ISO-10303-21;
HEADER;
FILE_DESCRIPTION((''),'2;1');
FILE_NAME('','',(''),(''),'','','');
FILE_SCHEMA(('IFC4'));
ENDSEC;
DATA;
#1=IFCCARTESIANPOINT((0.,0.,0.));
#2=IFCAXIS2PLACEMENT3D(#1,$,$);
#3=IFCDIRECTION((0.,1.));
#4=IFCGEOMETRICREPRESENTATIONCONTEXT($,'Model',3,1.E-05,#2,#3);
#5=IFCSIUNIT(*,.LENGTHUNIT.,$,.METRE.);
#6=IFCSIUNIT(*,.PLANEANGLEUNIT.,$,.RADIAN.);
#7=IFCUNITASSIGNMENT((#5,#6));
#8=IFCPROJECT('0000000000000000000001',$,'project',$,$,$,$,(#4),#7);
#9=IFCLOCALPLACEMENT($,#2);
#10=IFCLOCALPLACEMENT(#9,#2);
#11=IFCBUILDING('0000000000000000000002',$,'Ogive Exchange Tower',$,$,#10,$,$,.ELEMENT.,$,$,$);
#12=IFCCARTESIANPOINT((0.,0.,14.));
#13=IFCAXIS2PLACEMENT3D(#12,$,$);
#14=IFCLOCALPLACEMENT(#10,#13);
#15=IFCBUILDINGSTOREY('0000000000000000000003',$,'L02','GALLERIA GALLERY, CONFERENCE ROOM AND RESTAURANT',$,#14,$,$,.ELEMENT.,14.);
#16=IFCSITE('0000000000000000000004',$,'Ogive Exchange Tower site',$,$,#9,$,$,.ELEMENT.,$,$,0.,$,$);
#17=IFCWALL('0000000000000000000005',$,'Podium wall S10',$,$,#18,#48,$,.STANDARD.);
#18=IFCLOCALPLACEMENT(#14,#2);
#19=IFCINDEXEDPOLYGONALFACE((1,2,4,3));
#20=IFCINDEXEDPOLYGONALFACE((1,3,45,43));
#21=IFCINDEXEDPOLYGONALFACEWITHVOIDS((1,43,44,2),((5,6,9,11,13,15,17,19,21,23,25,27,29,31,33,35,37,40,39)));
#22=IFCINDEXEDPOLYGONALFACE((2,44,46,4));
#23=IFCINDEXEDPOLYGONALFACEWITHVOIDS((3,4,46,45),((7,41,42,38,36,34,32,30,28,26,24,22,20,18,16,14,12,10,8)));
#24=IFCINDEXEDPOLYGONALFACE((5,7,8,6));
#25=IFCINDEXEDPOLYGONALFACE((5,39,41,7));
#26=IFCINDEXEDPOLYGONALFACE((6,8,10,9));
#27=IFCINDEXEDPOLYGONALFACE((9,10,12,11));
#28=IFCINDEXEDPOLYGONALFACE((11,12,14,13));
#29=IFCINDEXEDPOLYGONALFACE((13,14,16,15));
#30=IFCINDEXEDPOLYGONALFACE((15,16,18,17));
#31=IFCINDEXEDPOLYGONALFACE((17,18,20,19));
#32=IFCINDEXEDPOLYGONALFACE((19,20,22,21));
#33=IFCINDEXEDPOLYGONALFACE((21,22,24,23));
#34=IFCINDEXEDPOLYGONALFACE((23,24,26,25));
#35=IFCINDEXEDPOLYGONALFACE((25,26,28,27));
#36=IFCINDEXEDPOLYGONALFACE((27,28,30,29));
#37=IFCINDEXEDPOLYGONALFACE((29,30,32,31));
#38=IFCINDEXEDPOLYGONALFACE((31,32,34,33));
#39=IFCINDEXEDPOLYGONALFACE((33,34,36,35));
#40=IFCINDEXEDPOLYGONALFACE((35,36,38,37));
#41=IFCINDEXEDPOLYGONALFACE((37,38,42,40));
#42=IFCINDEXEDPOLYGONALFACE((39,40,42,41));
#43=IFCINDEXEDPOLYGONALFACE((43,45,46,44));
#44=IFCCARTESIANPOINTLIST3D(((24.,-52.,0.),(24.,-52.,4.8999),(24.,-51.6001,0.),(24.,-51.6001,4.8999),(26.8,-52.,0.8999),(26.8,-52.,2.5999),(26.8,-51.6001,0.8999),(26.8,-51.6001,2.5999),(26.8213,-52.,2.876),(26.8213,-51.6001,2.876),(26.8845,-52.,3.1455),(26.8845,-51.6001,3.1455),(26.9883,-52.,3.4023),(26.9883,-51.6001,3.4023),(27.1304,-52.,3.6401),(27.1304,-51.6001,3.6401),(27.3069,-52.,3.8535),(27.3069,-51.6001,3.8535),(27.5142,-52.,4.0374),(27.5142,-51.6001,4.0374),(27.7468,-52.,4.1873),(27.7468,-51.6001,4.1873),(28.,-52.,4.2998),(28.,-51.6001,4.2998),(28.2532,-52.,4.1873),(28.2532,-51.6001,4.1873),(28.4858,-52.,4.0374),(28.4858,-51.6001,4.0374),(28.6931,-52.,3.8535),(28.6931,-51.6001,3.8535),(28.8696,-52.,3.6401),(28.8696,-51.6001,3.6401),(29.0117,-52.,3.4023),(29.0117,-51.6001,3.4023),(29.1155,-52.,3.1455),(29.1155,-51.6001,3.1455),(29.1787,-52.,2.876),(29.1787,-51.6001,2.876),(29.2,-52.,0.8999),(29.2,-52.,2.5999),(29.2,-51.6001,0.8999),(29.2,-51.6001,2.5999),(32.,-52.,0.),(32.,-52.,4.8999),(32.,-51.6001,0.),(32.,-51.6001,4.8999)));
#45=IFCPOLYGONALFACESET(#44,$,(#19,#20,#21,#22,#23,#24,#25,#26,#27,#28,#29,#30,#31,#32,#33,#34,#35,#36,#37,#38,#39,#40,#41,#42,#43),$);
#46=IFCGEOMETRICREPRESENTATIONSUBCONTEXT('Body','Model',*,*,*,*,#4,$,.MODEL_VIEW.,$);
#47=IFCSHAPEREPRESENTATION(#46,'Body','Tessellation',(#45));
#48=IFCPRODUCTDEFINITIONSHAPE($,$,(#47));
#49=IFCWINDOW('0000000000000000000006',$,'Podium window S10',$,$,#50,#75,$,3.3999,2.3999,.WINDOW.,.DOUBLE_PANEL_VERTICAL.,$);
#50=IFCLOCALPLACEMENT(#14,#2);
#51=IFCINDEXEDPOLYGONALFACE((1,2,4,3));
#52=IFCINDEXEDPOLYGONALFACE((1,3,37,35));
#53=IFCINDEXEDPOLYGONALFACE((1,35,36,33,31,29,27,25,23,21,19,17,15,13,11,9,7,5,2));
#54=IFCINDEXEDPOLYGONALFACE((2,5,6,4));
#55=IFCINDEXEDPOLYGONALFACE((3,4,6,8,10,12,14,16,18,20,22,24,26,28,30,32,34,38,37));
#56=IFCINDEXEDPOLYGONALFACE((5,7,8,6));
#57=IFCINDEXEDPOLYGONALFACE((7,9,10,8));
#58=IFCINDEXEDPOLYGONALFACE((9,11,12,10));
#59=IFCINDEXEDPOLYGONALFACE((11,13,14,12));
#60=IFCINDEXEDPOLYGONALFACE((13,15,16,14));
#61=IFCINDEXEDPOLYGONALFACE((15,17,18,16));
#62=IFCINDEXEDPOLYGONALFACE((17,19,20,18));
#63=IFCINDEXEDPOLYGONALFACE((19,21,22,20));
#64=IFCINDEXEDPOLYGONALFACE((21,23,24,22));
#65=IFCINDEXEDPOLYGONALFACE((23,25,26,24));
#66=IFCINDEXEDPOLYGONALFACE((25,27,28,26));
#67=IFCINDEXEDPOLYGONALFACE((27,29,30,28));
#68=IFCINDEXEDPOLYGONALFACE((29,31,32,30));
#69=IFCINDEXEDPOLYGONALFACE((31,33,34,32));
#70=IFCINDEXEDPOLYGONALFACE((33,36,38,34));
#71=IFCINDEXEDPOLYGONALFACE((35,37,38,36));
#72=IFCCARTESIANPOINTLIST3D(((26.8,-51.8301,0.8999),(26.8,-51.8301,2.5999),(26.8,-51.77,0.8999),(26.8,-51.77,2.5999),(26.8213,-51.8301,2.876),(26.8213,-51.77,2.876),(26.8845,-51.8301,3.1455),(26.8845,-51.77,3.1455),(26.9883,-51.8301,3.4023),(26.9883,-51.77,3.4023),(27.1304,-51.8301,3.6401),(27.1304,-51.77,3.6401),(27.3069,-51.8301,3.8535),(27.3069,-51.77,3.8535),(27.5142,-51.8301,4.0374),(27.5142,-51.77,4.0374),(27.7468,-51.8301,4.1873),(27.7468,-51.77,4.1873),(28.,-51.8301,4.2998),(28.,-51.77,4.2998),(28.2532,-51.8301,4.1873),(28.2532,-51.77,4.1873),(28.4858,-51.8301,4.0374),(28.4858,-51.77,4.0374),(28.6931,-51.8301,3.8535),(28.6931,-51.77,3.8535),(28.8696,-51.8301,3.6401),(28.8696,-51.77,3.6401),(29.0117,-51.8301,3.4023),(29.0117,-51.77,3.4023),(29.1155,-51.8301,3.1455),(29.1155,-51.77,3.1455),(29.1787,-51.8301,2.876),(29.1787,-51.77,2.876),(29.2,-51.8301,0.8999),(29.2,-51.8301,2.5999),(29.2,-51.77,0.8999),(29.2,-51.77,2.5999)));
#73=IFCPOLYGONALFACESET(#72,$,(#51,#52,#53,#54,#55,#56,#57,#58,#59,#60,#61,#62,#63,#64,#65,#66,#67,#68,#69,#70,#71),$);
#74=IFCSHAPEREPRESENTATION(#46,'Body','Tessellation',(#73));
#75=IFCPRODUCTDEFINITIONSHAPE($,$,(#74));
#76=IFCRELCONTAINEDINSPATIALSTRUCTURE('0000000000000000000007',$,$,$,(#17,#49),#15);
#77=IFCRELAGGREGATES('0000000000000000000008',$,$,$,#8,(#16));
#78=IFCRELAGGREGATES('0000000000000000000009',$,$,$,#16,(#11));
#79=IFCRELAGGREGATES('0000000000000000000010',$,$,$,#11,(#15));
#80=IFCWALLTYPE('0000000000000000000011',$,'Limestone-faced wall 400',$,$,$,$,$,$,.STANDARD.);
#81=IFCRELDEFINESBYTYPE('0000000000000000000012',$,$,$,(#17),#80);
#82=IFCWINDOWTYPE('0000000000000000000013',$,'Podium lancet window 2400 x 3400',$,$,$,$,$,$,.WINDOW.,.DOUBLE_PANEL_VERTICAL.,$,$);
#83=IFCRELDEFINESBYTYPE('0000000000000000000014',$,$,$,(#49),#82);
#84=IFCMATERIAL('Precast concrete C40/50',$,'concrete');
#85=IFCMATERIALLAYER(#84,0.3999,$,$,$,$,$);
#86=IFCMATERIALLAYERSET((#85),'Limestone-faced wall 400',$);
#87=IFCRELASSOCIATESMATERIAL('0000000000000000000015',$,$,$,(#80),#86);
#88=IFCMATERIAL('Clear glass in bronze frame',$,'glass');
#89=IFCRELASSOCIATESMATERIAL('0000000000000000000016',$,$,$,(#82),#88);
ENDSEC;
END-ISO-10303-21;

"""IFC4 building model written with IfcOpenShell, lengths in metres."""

from ifc_helpers import new_model, si_unit, direction, frame, frame_2d, origin, place, context, subcontext, project, spatial, polyline, rectangle, outline, extrude, material, layer, layer_set, type_object, element, fill, save


model = new_model("IFC4")

# Units and contexts
model_context = context("Model", 3, precision=1e-05, world=origin(), true_north=direction((0.0, 1.0)))
body_context = subcontext(model_context, "Body", "Model", "MODEL_VIEW")
ifc_project = project(units=[si_unit("LENGTHUNIT", "METRE"), si_unit("PLANEANGLEUNIT", "RADIAN")], contexts=[model_context])

# Site, building, storey
site_placement = place(None, origin())
site = spatial("IfcSite", under=ifc_project, at=site_placement, Name="Ogive Exchange Tower site", CompositionType="ELEMENT", RefElevation=0.0)
building_placement = place(site_placement, origin())
building = spatial("IfcBuilding", under=site, at=building_placement, Name="Ogive Exchange Tower", CompositionType="ELEMENT")
storey_placement = place(building_placement, frame((0.0, 0.0, 14.0)))
storey = spatial("IfcBuildingStorey", under=building, at=storey_placement, Name="L02", Description="GALLERIA GALLERY, CONFERENCE ROOM AND RESTAURANT", CompositionType="ELEMENT", Elevation=14.0)

# Wall, opening, window
ifc_material_1 = material(Name="Precast concrete C40/50", Category="concrete")
ifc_layer_1 = layer(ifc_material_1, 0.3999)
ifc_layer_set_1 = layer_set([ifc_layer_1], Name="Limestone-faced wall 400")
wall_type_1 = type_object("IfcWallType", Name="Limestone-faced wall 400", PredefinedType="STANDARD", material=ifc_layer_set_1)
wall_1_placement = place(storey_placement, frame((24.0, -51.8, 0.0), z_axis=(0.0, 0.0, 1.0), x_axis=(1.0, 0.0, 0.0)))
wall_1 = element("IfcWall", 1, at=wall_1_placement, inside=storey, type_object=wall_type_1, Name="Podium wall S10", PredefinedType="STANDARD", context=body_context, shape_type="SweptSolid", body=[
    extrude(rectangle(XDim=8.0, YDim=0.3999, at=frame_2d((4.0, 0.0))), origin(), (0.0, 0.0, 1.0), 4.8999),
])
opening_1_placement = place(wall_1_placement, frame((2.8, 0.0, 0.8999)))
opening_1 = element("IfcOpeningElement", 2, at=opening_1_placement, cuts=wall_1, PredefinedType="OPENING", context=body_context, shape_type="SweptSolid", body=[
    extrude(outline(polyline([(0.0, 0.0), (2.3999, 0.0), (2.3999, 1.7), (2.3787, 1.9761), (2.3154, 2.2456), (2.2117, 2.5024), (2.0696, 2.7402), (1.8931, 2.9536), (1.6858, 3.1375), (1.4531, 3.2874), (1.2, 3.3999), (0.9468, 3.2874), (0.7141, 3.1375), (0.5068, 2.9536), (0.3303, 2.7402), (0.1882, 2.5024), (0.0845, 2.2456), (0.0212, 1.9761), (0.0, 1.7), (0.0, 0.0)])), frame((0.0, 0.21, 0.0), z_axis=(0.0, -1.0, 0.0), x_axis=(1.0, 0.0, 0.0)), (0.0, 0.0, 1.0), 0.4199),
])
ifc_material_2 = material(Name="Clear glass in bronze frame", Category="glass")
window_type_1 = type_object("IfcWindowType", Name="Podium lancet window 2400 x 3400", PartitioningType="DOUBLE_PANEL_VERTICAL", PredefinedType="WINDOW", material=ifc_material_2)
window_1_placement = place(opening_1_placement, origin())
window_1 = element("IfcWindow", 3, at=window_1_placement, inside=storey, type_object=window_type_1, Name="Podium window S10", OverallHeight=3.3999, OverallWidth=2.3999, PartitioningType="DOUBLE_PANEL_VERTICAL", PredefinedType="WINDOW", context=body_context, shape_type="SweptSolid", body=[
    extrude(outline(polyline([(0.0, 0.0), (2.3999, 0.0), (2.3999, 1.7), (2.3787, 1.9761), (2.3154, 2.2456), (2.2117, 2.5024), (2.0696, 2.7402), (1.8931, 2.9536), (1.6858, 3.1375), (1.4531, 3.2874), (1.2, 3.3999), (0.9468, 3.2874), (0.7141, 3.1375), (0.5068, 2.9536), (0.3303, 2.7402), (0.1882, 2.5024), (0.0845, 2.2456), (0.0212, 1.9761), (0.0, 1.7), (0.0, 0.0)])), frame((0.0, 0.03, 0.0), z_axis=(0.0, -1.0, 0.0), x_axis=(1.0, 0.0, 0.0)), (0.0, 0.0, 1.0), 0.0601),
])
fill(opening_1, window_1)

save(model, "model.ifc")
